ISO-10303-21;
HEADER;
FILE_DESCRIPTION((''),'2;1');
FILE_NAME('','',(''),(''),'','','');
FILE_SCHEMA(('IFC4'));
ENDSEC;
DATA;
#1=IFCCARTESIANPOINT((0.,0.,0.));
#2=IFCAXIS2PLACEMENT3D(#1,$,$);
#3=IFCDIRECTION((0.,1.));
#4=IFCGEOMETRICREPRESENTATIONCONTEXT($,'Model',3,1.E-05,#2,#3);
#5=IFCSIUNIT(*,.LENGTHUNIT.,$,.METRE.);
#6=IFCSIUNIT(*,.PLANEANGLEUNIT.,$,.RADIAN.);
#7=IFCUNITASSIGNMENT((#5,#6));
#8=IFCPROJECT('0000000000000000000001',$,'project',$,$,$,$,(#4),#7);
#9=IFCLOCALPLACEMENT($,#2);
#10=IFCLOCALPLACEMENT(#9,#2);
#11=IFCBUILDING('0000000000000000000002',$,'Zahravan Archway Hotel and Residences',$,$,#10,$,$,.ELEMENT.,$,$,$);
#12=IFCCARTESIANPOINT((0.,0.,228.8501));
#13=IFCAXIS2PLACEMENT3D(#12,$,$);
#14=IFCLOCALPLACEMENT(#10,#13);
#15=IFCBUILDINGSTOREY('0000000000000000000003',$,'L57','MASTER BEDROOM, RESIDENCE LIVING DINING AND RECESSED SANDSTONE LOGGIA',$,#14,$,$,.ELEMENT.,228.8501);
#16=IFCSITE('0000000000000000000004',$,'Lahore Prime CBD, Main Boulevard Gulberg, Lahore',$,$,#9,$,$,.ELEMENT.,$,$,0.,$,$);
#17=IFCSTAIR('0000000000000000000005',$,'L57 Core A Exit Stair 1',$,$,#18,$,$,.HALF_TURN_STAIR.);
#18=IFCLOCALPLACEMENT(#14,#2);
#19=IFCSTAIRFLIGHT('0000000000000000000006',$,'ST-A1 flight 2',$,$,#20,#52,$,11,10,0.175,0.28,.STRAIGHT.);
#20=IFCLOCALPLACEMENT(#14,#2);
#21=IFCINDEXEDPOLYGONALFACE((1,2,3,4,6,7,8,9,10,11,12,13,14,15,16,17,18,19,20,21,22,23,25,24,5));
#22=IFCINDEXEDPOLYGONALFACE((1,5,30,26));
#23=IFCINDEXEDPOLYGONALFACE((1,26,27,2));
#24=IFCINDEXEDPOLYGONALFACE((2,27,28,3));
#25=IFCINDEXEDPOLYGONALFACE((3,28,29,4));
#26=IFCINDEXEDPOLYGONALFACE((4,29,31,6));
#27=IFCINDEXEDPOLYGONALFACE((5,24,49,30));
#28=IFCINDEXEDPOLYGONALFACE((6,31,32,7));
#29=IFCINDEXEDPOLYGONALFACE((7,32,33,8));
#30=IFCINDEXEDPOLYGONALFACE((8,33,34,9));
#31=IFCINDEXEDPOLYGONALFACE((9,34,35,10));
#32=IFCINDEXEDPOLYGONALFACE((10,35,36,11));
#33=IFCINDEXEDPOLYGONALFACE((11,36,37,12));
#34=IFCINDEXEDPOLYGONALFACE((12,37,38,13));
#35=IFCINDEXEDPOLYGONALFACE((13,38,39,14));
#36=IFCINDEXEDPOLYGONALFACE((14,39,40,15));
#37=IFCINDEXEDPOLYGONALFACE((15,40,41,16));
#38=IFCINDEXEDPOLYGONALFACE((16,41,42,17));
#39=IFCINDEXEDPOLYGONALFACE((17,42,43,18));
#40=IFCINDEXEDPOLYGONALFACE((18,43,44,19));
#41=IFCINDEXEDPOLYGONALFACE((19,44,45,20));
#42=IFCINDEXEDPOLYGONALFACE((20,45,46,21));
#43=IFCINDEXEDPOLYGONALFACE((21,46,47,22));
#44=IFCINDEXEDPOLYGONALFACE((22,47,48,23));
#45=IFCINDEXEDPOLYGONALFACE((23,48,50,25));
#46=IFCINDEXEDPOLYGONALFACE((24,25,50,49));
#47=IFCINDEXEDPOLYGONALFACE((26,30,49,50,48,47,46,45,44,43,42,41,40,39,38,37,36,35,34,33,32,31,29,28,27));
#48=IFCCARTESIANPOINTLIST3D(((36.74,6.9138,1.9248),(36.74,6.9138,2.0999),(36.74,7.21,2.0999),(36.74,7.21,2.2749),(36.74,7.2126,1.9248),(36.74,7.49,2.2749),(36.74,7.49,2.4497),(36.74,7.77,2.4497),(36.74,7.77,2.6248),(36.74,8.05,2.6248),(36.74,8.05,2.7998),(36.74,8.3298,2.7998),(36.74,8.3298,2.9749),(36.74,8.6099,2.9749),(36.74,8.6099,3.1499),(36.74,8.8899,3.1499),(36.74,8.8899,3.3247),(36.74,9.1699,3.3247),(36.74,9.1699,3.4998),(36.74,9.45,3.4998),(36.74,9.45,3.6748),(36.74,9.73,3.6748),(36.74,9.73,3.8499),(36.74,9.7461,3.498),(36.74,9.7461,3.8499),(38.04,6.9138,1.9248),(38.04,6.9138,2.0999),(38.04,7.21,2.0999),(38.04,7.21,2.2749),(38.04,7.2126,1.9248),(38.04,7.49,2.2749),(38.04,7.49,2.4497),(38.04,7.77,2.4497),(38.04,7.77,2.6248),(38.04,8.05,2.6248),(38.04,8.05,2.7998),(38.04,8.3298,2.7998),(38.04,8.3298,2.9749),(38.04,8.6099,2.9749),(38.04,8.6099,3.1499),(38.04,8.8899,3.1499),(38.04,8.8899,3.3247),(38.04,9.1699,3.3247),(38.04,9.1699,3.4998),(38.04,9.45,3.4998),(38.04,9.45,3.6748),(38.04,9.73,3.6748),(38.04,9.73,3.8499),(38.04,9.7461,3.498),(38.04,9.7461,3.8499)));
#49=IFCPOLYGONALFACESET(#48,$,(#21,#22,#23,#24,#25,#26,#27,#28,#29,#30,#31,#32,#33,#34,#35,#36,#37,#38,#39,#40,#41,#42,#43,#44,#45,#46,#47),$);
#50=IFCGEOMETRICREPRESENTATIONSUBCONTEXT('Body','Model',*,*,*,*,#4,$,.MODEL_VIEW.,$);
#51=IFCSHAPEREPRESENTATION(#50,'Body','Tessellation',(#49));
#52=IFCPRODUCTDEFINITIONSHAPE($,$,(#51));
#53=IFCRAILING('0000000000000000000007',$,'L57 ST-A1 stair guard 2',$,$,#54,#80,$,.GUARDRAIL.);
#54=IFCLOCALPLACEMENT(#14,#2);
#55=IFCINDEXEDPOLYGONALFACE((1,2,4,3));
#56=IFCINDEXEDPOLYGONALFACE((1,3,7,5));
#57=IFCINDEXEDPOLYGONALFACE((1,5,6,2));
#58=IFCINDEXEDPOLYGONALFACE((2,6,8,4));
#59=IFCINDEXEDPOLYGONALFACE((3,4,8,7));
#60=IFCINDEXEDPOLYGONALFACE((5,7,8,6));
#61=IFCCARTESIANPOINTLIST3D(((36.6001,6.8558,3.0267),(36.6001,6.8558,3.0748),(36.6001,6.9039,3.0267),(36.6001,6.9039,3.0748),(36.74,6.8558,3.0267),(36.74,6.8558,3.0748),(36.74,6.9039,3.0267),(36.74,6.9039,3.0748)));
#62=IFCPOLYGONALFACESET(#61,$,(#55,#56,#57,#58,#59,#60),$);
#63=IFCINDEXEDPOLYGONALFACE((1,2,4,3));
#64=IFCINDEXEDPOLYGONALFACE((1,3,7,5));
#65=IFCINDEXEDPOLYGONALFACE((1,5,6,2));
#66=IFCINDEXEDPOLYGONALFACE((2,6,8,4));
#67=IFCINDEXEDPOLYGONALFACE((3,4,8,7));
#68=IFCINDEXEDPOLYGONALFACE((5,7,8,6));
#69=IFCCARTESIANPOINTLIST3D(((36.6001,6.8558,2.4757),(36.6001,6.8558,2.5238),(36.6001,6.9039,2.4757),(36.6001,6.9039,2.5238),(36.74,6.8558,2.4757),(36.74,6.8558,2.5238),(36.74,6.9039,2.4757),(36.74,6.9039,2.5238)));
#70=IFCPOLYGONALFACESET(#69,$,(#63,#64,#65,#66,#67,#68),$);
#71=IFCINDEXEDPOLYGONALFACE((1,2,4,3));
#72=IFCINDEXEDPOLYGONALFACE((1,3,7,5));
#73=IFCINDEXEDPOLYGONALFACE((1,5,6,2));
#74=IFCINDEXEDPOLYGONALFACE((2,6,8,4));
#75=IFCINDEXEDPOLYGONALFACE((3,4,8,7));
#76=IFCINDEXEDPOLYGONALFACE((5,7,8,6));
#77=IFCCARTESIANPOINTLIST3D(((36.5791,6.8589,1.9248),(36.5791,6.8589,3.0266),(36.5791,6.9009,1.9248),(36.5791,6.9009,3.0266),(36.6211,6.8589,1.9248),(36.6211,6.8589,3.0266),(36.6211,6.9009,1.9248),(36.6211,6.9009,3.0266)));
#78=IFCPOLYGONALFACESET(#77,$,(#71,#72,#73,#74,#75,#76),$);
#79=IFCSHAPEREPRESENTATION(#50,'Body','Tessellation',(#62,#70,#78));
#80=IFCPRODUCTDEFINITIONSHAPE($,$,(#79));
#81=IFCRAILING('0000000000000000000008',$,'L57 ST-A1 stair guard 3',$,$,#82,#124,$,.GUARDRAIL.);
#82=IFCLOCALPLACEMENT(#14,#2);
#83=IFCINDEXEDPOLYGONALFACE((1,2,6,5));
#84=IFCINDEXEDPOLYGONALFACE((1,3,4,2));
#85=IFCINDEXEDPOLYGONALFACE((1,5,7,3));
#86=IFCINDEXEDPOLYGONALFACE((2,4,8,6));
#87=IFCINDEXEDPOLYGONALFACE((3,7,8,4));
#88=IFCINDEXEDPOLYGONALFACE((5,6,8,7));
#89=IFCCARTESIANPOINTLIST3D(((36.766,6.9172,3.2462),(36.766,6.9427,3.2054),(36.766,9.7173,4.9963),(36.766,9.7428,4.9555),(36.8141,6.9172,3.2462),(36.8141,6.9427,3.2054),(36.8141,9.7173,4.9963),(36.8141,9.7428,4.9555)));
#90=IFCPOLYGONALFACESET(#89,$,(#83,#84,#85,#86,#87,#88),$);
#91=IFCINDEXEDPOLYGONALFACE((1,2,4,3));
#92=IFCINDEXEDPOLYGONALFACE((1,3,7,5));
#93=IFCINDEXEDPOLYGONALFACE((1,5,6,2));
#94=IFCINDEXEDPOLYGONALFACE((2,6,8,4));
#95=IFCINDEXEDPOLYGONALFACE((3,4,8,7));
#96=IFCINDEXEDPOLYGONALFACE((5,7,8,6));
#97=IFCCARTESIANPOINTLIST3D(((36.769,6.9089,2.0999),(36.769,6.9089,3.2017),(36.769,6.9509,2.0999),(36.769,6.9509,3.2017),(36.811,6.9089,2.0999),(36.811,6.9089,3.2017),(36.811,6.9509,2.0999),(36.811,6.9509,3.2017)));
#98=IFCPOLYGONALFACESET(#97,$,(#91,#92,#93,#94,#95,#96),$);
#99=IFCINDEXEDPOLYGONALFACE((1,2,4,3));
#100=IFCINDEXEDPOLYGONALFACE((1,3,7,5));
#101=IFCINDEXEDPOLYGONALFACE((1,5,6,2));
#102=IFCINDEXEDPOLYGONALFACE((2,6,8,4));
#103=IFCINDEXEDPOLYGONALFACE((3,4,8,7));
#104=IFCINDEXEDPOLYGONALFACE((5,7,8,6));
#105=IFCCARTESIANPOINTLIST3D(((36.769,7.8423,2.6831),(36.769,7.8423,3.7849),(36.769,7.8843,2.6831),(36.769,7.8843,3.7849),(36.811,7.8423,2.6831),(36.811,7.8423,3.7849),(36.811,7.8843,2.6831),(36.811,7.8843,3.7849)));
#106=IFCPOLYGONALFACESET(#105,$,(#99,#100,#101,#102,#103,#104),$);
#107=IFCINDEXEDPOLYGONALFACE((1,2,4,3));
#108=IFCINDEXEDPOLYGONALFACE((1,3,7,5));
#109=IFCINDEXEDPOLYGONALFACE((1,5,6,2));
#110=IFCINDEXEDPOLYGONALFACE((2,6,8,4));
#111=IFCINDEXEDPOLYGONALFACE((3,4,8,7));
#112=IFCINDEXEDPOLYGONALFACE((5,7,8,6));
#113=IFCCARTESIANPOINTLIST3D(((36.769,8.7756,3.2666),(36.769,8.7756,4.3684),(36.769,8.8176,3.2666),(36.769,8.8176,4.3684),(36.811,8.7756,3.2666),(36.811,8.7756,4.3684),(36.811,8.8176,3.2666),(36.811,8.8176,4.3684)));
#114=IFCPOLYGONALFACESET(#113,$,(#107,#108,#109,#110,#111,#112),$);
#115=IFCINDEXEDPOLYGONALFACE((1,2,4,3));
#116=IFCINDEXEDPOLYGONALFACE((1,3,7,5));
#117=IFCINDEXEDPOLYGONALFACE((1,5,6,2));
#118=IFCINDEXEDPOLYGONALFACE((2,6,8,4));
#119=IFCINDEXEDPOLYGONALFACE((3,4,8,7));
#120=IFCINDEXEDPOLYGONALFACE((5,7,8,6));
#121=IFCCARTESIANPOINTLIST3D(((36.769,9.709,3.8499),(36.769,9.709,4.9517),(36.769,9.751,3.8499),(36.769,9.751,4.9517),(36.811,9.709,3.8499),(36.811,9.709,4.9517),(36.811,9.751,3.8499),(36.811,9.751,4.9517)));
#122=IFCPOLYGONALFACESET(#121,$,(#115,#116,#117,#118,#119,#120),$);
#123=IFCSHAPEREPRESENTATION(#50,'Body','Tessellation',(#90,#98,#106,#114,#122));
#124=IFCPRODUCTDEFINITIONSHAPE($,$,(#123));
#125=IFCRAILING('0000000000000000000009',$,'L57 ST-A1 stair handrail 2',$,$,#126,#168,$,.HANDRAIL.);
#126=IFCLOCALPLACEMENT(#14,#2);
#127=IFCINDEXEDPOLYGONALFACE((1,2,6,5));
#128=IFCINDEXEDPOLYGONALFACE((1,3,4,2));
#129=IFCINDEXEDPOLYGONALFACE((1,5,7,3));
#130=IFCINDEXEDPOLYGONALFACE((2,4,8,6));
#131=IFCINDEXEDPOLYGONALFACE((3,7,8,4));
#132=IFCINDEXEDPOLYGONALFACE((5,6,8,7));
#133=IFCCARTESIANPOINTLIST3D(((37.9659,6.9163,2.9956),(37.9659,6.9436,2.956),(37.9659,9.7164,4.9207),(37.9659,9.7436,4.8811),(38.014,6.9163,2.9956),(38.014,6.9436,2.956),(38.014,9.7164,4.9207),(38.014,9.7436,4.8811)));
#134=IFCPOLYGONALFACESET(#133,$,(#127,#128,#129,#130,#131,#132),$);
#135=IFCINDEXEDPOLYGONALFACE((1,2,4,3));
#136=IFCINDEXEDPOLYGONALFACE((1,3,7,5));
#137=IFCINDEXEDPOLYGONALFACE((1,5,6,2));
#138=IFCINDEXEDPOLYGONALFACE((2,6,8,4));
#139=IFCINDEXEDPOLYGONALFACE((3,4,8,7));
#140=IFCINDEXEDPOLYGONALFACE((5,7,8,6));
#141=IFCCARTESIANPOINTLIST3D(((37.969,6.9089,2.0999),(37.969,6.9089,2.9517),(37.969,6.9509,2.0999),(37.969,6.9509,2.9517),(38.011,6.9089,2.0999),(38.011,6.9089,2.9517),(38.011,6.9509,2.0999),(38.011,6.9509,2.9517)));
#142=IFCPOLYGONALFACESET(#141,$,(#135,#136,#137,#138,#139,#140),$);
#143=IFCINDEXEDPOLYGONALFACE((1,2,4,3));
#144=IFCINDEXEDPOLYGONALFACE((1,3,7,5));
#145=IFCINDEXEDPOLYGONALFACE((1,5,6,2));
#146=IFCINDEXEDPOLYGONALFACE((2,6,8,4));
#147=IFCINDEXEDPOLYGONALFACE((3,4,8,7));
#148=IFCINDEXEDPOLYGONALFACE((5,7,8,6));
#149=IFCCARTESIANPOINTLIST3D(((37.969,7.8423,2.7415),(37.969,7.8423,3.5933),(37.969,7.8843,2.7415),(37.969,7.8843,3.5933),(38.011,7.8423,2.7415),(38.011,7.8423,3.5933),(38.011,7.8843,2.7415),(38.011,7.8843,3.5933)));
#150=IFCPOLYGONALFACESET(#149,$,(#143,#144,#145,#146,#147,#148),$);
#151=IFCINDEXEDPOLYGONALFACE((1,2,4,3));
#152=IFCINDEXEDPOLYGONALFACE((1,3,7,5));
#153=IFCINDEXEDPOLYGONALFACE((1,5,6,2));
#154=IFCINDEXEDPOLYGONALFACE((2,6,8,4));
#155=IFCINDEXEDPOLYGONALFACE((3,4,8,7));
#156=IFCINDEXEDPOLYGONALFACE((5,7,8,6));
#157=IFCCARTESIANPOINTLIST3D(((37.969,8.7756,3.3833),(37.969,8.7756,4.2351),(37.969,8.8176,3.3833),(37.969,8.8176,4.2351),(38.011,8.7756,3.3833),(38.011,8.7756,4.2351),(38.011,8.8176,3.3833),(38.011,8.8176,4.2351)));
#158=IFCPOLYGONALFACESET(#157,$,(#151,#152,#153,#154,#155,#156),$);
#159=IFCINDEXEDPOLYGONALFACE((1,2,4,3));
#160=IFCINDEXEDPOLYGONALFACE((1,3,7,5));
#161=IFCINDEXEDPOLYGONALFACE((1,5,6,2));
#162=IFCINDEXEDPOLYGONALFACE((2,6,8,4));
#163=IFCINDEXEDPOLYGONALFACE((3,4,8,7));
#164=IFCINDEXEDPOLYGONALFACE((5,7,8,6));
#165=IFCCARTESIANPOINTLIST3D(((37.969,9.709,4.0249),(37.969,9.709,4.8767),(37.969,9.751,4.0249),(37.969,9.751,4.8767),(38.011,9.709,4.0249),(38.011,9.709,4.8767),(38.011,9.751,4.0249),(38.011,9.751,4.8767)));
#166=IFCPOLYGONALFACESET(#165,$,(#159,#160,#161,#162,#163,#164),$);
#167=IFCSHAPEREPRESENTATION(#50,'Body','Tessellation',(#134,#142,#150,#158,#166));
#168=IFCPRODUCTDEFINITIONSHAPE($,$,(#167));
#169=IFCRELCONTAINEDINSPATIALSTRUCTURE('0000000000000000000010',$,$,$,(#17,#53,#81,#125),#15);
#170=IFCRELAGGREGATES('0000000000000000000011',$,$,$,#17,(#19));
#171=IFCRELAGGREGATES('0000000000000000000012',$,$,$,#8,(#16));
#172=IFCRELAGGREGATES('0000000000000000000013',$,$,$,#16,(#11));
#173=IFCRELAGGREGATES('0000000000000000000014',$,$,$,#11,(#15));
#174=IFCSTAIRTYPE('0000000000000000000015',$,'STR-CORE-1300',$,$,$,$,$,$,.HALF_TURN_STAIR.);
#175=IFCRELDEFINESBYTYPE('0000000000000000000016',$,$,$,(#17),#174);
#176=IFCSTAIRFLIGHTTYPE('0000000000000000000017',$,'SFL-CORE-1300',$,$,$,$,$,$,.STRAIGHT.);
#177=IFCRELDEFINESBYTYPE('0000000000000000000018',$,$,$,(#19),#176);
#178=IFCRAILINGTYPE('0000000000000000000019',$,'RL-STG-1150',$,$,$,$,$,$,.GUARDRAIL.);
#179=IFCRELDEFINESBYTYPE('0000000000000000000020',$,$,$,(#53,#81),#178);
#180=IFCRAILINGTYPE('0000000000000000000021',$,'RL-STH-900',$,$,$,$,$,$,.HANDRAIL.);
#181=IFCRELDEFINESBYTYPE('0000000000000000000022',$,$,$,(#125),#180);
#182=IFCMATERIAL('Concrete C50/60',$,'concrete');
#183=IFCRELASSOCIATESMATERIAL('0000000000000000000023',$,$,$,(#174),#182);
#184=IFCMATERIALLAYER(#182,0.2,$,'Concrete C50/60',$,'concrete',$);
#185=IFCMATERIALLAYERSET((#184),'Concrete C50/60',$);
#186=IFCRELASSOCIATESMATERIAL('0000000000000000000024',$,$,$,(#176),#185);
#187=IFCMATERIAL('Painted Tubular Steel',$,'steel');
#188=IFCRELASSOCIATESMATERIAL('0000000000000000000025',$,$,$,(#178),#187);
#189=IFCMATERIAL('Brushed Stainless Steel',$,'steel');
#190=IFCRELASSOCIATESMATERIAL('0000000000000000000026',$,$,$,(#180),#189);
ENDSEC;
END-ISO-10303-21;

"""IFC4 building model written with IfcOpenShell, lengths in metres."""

from ifc_helpers import new_model, si_unit, direction, frame, origin, origin_2d, place, context, subcontext, project, spatial, polyline, rectangle, outline, extrude, source, transform, mapped, material, layer, layer_set, type_object, element, aggregate, save


model = new_model("IFC4")

# Units and contexts
model_context = context("Model", 3, precision=1e-05, world=origin(), true_north=direction((0.0, 1.0)))
body_context = subcontext(model_context, "Body", "Model", "MODEL_VIEW")
ifc_project = project(units=[si_unit("LENGTHUNIT", "METRE"), si_unit("PLANEANGLEUNIT", "RADIAN")], contexts=[model_context])

# Site, building, storey
site_placement = place(None, origin())
site = spatial("IfcSite", under=ifc_project, at=site_placement, Name="Lahore Prime CBD, Main Boulevard Gulberg, Lahore", CompositionType="ELEMENT", RefElevation=0.0)
building_placement = place(site_placement, origin())
building = spatial("IfcBuilding", under=site, at=building_placement, Name="Zahravan Archway Hotel and Residences", CompositionType="ELEMENT")
storey_placement = place(building_placement, frame((0.0, 0.0, 228.8501)))
storey = spatial("IfcBuildingStorey", under=building, at=storey_placement, Name="L57", Description="MASTER BEDROOM, RESIDENCE LIVING DINING AND RECESSED SANDSTONE LOGGIA", CompositionType="ELEMENT", Elevation=228.8501)

# Shared definitions
ifc_material_1 = material(Name="Concrete C50/60", Category="concrete")

# Shared definitions
ifc_material_2 = material(Name="Brushed Stainless Steel", Category="steel")

# Stair, stair flight
stair_type = type_object("IfcStairType", Name="STR-CORE-1300", PredefinedType="HALF_TURN_STAIR", material=ifc_material_1)
stair_placement = place(storey_placement, origin())
stair = element("IfcStair", 1, at=stair_placement, inside=storey, type_object=stair_type, Name="L57 Core A Exit Stair 1", PredefinedType="HALF_TURN_STAIR")
ifc_layer_1 = layer(ifc_material_1, 0.2, Name="Concrete C50/60", Category="concrete")
ifc_layer_set_1 = layer_set([ifc_layer_1], Name="Concrete C50/60")
stair_flight_type = type_object("IfcStairFlightType", Name="SFL-CORE-1300", PredefinedType="STRAIGHT", material=ifc_layer_set_1)
shared_shape_1 = source(origin(), body_context, "Body", "SweptSolid", [
    extrude(outline(polyline([(-0.0161, 0.0), (-0.0161, 0.175), (0.28, 0.175), (0.28, 0.3501), (0.5601, 0.3501), (0.5601, 0.5249), (0.8401, 0.5249), (0.8401, 0.7), (1.1201, 0.7), (1.1201, 0.875), (1.3999, 0.875), (1.3999, 1.05), (1.6799, 1.05), (1.6799, 1.2251), (1.96, 1.2251), (1.96, 1.3999), (2.24, 1.3999), (2.24, 1.575), (2.52, 1.575), (2.52, 1.75), (2.8, 1.75), (2.8, 1.925), (2.8162, 1.925), (2.8162, 1.5732), (0.2827, 0.0), (-0.0161, 0.0)])), frame((0.0, 0.6499, 0.0), z_axis=(0.0, -1.0, 0.0), x_axis=(1.0, 0.0, 0.0)), (0.0, 0.0, 1.0), 1.3),
])
stair_flight_placement = place(storey_placement, frame((37.3899, 6.9299, 1.9248), z_axis=(0.0, 0.0, 1.0), x_axis=(0.0, 1.0, 0.0)))
stair_flight = element("IfcStairFlight", 2, at=stair_flight_placement, type_object=stair_flight_type, Name="ST-A1 flight 2", NumberOfRisers=11, NumberOfTreads=10, PredefinedType="STRAIGHT", RiserHeight=0.175, TreadLength=0.28, context=body_context, shape_type="MappedRepresentation", body=[
    mapped(shared_shape_1, transform((0.0, 0.0, 0.0), scale=1.0)),
])
aggregate(stair, [stair_flight])

# Railings
ifc_material_3 = material(Name="Painted Tubular Steel", Category="steel")
railing_type_1 = type_object("IfcRailingType", Name="RL-STG-1150", PredefinedType="GUARDRAIL", material=ifc_material_3)
railing_1_placement = place(storey_placement, frame((36.6001, 6.8799, 1.9248)))
element("IfcRailing", 3, at=railing_1_placement, inside=storey, type_object=railing_type_1, Name="L57 ST-A1 stair guard 2", PredefinedType="GUARDRAIL", context=body_context, shape_type="SweptSolid", body=[
    extrude(rectangle(XDim=0.0481, YDim=0.0481, at=origin_2d()), frame((0.0, 0.0, 1.126), z_axis=(1.0, 0.0, 0.0), x_axis=(0.0, 1.0, 0.0)), (0.0, 0.0, 1.0), 0.1399),
    extrude(rectangle(XDim=0.0481, YDim=0.0481, at=origin_2d()), frame((0.0, 0.0, 0.575), z_axis=(1.0, 0.0, 0.0), x_axis=(0.0, 1.0, 0.0)), (0.0, 0.0, 1.0), 0.1399),
    extrude(rectangle(XDim=0.042, YDim=0.042, at=origin_2d()), origin(), (0.0, 0.0, 1.0), 1.1018),
])
railing_2_placement = place(storey_placement, frame((36.79, 6.9299, 2.0999)))
element("IfcRailing", 4, at=railing_2_placement, inside=storey, type_object=railing_type_1, Name="L57 ST-A1 stair guard 3", PredefinedType="GUARDRAIL", context=body_context, shape_type="SweptSolid", body=[
    extrude(rectangle(XDim=0.0481, YDim=0.0481, at=origin_2d()), frame((0.0, 0.0, 1.126), z_axis=(0.0, 0.848002, 0.529992), x_axis=(-1.0, 0.0, 0.0)), (0.0, 0.0, 1.0), 3.302),
    extrude(rectangle(XDim=0.042, YDim=0.042, at=origin_2d()), origin(), (0.0, 0.0, 1.0), 1.1018),
    extrude(rectangle(XDim=0.042, YDim=0.042, at=origin_2d()), frame((0.0, 0.9333, 0.5833)), (0.0, 0.0, 1.0), 1.1018),
    extrude(rectangle(XDim=0.042, YDim=0.042, at=origin_2d()), frame((0.0, 1.8667, 1.1667)), (0.0, 0.0, 1.0), 1.1018),
    extrude(rectangle(XDim=0.042, YDim=0.042, at=origin_2d()), frame((0.0, 2.8, 1.75)), (0.0, 0.0, 1.0), 1.1018),
])
railing_type_2 = type_object("IfcRailingType", Name="RL-STH-900", PredefinedType="HANDRAIL", material=ifc_material_2)
railing_3_placement = place(storey_placement, frame((37.99, 6.9299, 2.0999)))
element("IfcRailing", 5, at=railing_3_placement, inside=storey, type_object=railing_type_2, Name="L57 ST-A1 stair handrail 2", PredefinedType="HANDRAIL", context=body_context, shape_type="SweptSolid", body=[
    extrude(rectangle(XDim=0.0481, YDim=0.0481, at=origin_2d()), frame((0.0, 0.0, 0.876), z_axis=(0.0, 0.82404, 0.566532), x_axis=(-1.0, 0.0, 0.0)), (0.0, 0.0, 1.0), 3.3979),
    extrude(rectangle(XDim=0.042, YDim=0.042, at=origin_2d()), origin(), (0.0, 0.0, 1.0), 0.8518),
    extrude(rectangle(XDim=0.042, YDim=0.042, at=origin_2d()), frame((0.0, 0.9333, 0.6416)), (0.0, 0.0, 1.0), 0.8518),
    extrude(rectangle(XDim=0.042, YDim=0.042, at=origin_2d()), frame((0.0, 1.8667, 1.2834)), (0.0, 0.0, 1.0), 0.8518),
    extrude(rectangle(XDim=0.042, YDim=0.042, at=origin_2d()), frame((0.0, 2.8, 1.925)), (0.0, 0.0, 1.0), 0.8518),
])

save(model, "model.ifc")
